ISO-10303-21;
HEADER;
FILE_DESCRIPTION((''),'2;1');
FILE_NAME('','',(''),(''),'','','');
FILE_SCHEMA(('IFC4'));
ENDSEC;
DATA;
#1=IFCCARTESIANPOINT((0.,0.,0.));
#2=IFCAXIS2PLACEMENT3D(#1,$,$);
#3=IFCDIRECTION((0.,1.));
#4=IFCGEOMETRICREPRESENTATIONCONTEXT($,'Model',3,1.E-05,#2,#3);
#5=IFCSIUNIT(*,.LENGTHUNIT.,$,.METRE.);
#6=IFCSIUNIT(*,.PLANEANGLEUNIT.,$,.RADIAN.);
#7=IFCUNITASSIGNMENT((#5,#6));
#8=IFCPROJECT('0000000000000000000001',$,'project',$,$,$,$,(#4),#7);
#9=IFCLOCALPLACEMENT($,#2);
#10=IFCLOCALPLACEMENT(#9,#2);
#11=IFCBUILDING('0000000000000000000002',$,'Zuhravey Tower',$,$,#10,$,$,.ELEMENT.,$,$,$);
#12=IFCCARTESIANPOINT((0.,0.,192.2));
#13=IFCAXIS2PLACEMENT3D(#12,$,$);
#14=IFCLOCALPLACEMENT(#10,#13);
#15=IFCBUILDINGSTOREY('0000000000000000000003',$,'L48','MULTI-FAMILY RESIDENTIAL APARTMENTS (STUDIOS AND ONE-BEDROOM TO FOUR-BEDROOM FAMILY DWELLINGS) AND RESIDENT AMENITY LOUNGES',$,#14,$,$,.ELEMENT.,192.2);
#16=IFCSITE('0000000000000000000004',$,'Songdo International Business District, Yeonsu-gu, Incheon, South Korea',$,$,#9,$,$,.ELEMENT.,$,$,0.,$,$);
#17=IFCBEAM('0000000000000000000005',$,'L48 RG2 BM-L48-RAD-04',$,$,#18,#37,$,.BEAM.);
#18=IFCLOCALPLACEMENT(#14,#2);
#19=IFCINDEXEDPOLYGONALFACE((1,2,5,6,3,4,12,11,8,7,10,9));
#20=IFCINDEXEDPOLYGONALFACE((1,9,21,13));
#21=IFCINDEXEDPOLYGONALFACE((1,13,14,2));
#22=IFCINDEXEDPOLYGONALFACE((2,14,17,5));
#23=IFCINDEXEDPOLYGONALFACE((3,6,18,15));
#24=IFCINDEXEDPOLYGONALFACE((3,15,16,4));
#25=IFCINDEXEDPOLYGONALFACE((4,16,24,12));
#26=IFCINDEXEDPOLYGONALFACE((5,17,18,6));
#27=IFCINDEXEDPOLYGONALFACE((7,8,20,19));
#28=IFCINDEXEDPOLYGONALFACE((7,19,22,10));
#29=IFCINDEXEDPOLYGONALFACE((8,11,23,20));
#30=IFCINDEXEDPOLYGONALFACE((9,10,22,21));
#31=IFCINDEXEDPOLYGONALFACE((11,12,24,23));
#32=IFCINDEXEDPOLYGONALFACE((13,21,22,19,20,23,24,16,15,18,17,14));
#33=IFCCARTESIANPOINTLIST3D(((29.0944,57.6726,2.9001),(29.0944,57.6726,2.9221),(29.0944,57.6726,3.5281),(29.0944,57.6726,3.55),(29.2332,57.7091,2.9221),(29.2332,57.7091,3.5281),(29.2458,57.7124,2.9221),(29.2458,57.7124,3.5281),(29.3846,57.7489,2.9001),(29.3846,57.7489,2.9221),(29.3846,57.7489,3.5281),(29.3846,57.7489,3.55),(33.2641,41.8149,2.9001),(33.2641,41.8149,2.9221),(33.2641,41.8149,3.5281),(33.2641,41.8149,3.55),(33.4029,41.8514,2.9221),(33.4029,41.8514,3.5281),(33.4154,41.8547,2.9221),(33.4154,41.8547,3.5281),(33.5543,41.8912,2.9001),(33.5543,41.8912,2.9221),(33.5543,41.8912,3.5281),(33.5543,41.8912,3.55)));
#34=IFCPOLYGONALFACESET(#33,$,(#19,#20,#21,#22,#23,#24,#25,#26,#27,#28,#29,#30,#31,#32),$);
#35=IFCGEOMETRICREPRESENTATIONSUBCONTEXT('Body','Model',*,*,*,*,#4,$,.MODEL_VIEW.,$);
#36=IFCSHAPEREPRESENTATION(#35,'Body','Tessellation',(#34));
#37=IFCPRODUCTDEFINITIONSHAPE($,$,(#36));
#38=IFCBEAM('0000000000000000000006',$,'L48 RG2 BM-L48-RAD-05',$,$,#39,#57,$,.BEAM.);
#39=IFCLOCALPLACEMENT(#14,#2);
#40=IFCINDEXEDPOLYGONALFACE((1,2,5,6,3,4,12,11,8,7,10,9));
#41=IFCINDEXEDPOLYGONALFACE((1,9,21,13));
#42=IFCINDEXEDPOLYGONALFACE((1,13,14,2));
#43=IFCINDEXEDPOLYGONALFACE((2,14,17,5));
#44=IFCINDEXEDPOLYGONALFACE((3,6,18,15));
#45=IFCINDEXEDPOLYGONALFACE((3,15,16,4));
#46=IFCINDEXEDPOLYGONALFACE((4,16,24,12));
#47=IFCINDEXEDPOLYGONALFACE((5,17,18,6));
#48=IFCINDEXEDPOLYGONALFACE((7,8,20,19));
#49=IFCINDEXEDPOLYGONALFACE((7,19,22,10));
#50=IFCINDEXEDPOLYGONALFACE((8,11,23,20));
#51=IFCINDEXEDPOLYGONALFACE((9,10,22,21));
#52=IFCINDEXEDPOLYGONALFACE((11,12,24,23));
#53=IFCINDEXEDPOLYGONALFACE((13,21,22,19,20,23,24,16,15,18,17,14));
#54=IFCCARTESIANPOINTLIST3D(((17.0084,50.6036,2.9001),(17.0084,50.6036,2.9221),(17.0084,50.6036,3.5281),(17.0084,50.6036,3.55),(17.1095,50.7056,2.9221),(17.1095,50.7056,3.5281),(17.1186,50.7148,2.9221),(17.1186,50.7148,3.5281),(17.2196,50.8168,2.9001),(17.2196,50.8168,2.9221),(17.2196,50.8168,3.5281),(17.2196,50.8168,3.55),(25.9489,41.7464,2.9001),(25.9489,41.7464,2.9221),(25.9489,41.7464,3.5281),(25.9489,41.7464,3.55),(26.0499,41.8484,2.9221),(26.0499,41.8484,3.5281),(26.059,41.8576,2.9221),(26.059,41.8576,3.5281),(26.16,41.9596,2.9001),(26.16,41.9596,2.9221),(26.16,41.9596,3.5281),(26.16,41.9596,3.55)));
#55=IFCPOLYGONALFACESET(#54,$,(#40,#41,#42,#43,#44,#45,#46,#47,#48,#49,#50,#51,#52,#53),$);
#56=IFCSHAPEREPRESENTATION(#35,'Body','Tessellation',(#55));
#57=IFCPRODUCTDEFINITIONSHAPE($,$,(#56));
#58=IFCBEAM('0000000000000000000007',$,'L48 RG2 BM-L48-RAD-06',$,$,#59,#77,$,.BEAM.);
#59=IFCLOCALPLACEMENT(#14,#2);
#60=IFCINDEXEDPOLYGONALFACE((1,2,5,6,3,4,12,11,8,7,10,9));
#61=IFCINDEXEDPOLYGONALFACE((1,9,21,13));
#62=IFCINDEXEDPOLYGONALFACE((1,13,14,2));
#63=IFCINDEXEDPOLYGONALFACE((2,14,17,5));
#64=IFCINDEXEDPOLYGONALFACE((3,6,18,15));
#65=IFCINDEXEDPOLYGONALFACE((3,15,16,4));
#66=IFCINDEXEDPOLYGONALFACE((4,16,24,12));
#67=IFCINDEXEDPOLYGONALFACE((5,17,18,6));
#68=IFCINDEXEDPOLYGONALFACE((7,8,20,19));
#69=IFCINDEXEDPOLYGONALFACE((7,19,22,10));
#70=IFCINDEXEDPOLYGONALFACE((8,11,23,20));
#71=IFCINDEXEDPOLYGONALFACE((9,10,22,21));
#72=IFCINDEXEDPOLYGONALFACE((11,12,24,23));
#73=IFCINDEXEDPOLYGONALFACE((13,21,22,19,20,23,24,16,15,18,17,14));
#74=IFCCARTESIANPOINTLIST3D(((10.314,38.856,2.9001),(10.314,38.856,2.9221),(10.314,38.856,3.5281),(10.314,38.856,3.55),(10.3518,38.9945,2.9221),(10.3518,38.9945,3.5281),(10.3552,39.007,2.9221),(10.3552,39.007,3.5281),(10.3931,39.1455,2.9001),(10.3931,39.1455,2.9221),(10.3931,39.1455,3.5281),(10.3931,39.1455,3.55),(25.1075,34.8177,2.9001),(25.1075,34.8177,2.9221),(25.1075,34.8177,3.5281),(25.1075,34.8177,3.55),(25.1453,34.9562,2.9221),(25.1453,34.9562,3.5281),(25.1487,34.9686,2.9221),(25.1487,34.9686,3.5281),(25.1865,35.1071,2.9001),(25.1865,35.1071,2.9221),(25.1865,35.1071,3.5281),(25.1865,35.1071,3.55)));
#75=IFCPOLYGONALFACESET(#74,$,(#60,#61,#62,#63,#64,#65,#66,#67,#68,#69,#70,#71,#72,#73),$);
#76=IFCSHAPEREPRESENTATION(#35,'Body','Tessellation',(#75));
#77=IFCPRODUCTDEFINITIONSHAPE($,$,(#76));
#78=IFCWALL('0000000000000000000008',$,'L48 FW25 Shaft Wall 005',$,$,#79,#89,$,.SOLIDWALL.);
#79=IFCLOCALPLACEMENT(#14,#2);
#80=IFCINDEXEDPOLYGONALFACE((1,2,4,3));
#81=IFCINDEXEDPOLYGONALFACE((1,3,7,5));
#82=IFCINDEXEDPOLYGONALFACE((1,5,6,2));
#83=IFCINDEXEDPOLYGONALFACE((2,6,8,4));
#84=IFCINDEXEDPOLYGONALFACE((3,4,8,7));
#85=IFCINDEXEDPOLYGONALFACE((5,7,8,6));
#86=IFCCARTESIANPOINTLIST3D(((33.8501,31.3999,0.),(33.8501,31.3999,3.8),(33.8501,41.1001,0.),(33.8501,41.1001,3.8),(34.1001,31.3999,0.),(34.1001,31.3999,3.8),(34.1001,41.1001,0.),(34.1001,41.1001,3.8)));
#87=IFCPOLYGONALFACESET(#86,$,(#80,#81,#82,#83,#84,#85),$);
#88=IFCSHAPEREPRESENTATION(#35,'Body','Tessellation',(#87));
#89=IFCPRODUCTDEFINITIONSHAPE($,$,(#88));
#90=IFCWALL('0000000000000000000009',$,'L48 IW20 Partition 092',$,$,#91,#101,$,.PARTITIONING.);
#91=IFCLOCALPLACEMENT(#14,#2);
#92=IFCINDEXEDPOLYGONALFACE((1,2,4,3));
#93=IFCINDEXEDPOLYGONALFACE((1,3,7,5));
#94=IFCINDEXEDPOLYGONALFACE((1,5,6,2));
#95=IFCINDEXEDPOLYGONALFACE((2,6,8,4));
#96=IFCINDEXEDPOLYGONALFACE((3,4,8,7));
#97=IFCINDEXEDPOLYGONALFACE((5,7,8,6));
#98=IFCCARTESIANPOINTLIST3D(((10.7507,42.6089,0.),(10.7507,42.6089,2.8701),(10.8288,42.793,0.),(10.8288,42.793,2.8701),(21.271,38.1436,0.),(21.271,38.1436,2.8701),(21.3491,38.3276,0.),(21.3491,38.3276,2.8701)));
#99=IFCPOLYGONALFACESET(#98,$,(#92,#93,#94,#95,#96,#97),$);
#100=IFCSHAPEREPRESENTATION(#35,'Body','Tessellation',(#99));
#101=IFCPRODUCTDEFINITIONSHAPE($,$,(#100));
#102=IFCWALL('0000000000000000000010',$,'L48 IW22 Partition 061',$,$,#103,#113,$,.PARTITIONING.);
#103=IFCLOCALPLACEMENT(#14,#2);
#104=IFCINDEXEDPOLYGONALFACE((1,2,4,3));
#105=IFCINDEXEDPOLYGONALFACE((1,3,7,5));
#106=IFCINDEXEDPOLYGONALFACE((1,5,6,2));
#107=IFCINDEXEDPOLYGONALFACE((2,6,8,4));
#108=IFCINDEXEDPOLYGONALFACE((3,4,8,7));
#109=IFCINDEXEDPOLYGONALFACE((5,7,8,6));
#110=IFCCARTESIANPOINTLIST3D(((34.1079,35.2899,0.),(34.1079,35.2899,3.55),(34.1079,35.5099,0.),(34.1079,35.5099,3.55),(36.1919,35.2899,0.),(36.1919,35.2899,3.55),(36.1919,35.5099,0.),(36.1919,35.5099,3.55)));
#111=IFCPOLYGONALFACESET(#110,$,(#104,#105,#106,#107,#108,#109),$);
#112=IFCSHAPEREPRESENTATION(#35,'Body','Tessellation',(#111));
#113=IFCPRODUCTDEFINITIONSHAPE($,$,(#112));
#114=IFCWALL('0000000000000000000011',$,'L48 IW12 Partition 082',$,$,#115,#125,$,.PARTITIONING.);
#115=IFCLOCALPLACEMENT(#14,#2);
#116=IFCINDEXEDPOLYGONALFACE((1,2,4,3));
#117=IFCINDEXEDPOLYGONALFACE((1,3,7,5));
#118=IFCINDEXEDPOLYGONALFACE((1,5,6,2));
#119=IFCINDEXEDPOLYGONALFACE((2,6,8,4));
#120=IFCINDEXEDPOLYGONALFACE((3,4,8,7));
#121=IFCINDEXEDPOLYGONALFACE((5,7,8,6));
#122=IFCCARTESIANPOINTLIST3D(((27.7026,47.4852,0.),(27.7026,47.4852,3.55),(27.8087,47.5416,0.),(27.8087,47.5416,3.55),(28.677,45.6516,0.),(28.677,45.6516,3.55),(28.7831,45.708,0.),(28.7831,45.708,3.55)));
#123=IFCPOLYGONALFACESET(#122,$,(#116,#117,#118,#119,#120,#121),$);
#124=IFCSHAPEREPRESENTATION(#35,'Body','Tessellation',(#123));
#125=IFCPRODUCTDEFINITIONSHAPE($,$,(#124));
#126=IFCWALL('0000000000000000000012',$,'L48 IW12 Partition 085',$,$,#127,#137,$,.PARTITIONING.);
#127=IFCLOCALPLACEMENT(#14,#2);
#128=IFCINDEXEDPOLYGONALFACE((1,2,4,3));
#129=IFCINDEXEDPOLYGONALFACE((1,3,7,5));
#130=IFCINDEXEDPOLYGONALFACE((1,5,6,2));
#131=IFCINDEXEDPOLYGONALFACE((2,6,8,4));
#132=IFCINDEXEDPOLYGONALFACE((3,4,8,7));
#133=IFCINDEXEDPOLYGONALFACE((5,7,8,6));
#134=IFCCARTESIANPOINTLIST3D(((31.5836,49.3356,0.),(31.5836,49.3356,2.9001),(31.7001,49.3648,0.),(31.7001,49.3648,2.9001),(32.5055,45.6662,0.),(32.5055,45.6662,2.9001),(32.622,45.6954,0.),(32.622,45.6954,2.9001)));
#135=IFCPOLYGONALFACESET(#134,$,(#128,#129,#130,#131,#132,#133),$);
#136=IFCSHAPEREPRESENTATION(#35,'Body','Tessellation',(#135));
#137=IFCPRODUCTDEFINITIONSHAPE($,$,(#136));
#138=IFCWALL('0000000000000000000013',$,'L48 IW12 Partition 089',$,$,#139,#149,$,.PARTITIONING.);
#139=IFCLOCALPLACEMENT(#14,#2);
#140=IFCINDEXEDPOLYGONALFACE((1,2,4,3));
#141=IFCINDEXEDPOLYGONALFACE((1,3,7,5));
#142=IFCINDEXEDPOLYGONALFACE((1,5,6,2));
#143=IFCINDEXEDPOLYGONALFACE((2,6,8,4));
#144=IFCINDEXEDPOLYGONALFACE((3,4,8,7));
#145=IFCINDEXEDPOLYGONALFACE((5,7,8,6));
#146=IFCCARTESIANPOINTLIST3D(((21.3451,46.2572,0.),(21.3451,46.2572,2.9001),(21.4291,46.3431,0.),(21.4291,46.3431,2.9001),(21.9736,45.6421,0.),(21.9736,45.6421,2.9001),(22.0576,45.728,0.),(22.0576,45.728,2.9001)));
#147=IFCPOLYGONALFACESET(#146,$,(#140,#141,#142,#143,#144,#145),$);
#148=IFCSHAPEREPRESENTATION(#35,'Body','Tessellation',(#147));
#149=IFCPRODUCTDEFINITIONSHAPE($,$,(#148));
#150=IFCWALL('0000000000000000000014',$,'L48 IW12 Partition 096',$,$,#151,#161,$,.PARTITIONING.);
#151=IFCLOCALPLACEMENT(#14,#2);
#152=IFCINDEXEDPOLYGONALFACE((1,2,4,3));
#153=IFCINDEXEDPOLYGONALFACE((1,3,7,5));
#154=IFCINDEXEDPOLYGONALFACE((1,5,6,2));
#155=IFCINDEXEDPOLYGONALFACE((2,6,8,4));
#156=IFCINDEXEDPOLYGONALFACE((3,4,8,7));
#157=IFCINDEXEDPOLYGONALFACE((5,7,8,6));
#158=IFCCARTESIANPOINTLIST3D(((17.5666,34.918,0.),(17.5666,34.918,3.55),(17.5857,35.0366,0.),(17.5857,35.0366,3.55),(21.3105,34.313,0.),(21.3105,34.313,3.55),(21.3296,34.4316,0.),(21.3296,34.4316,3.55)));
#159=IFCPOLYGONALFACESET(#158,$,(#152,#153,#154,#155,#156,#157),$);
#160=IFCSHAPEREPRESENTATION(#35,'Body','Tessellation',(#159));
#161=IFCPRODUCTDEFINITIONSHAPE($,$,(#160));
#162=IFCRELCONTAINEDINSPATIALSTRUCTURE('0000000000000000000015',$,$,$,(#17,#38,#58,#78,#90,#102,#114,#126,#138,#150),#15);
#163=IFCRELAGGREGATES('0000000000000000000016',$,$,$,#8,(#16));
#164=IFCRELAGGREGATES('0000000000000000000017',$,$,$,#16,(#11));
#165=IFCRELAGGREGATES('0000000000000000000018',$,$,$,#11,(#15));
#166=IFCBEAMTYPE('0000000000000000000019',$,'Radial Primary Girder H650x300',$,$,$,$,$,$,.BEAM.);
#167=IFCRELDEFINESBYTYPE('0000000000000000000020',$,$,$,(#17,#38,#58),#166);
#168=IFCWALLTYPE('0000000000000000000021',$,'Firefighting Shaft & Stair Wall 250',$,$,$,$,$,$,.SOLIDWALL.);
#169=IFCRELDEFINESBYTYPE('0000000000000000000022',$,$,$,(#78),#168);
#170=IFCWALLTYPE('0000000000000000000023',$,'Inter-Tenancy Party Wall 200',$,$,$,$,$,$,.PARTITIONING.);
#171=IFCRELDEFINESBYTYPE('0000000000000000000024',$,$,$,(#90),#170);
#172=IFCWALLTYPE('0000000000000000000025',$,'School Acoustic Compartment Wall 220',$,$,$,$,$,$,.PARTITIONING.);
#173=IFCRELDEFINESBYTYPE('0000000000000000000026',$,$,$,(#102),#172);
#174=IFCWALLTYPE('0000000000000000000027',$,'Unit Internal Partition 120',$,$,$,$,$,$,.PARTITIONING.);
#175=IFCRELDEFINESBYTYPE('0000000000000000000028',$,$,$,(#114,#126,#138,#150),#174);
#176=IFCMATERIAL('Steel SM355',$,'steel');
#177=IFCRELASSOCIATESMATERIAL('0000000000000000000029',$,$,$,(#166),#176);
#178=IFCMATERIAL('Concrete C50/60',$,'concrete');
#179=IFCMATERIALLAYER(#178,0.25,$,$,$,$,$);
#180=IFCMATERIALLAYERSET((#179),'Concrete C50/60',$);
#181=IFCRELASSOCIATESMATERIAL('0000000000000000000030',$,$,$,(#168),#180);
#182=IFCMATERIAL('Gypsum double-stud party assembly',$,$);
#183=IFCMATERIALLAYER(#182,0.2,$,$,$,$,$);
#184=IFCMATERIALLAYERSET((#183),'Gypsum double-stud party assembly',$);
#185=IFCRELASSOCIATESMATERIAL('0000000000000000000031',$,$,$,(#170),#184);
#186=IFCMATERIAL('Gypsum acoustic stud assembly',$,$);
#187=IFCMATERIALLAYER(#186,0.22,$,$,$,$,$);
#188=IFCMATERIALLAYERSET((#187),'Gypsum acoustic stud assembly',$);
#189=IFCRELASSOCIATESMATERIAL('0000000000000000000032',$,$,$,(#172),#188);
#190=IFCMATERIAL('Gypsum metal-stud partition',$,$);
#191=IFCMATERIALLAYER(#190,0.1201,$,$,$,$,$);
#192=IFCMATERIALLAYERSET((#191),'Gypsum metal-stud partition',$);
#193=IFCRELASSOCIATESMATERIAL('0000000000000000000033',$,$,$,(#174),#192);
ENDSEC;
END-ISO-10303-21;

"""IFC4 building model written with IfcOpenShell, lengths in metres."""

from ifc_helpers import new_model, si_unit, direction, frame, frame_2d, origin, origin_2d, place, context, subcontext, project, spatial, rectangle, i_section, extrude, material, layer, layer_set, material_profile, profile_set, type_object, element, save


model = new_model("IFC4")

# Units and contexts
model_context = context("Model", 3, precision=1e-05, world=origin(), true_north=direction((0.0, 1.0)))
body_context = subcontext(model_context, "Body", "Model", "MODEL_VIEW")
ifc_project = project(units=[si_unit("LENGTHUNIT", "METRE"), si_unit("PLANEANGLEUNIT", "RADIAN")], contexts=[model_context])

# Site, building, storey
site_placement = place(None, origin())
site = spatial("IfcSite", under=ifc_project, at=site_placement, Name="Songdo International Business District, Yeonsu-gu, Incheon, South Korea", CompositionType="ELEMENT", RefElevation=0.0)
building_placement = place(site_placement, origin())
building = spatial("IfcBuilding", under=site, at=building_placement, Name="Zuhravey Tower", CompositionType="ELEMENT")
storey_placement = place(building_placement, frame((0.0, 0.0, 192.2)))
storey = spatial("IfcBuildingStorey", under=building, at=storey_placement, Name="L48", Description="MULTI-FAMILY RESIDENTIAL APARTMENTS (STUDIOS AND ONE-BEDROOM TO FOUR-BEDROOM FAMILY DWELLINGS) AND RESIDENT AMENITY LOUNGES", CompositionType="ELEMENT", Elevation=192.2)

# Beams
ifc_material_1 = material(Name="Steel SM355", Category="steel")
ifc_material_profile = material_profile(ifc_material_1, i_section(OverallWidth=0.3, OverallDepth=0.6499, WebThickness=0.0129, FlangeThickness=0.022, at=origin_2d()), Name="H-650x300x13x22")
ifc_profile_set = profile_set([ifc_material_profile], Name="Steel SM355")
beam_type = type_object("IfcBeamType", Name="Radial Primary Girder H650x300", PredefinedType="BEAM", material=ifc_profile_set)
beam_1_placement = place(storey_placement, frame((33.4092, 41.853, 3.2251), z_axis=(-0.2543, 0.967125, 0.0), x_axis=(-0.967125, -0.2543, 0.0)))
element("IfcBeam", 1, at=beam_1_placement, inside=storey, type_object=beam_type, Name="L48 RG2 BM-L48-RAD-04", PredefinedType="BEAM", context=body_context, shape_type="SweptSolid", body=[
    extrude(i_section(OverallWidth=0.3, OverallDepth=0.6499, WebThickness=0.0129, FlangeThickness=0.022, at=origin_2d()), origin(), (0.0, 0.0, 1.0), 16.3967),
])
beam_2_placement = place(storey_placement, frame((26.0544, 41.853, 3.2251), z_axis=(-0.710407, 0.703791, 0.0), x_axis=(-0.703791, -0.710407, 0.0)))
element("IfcBeam", 2, at=beam_2_placement, inside=storey, type_object=beam_type, Name="L48 RG2 BM-L48-RAD-05", PredefinedType="BEAM", context=body_context, shape_type="SweptSolid", body=[
    extrude(i_section(OverallWidth=0.3, OverallDepth=0.6499, WebThickness=0.0129, FlangeThickness=0.022, at=origin_2d()), origin(), (0.0, 0.0, 1.0), 12.585),
])
beam_3_placement = place(storey_placement, frame((25.147, 34.9624, 3.2251), z_axis=(-0.964702, 0.263345, 0.0), x_axis=(-0.263345, -0.964702, 0.0)))
element("IfcBeam", 3, at=beam_3_placement, inside=storey, type_object=beam_type, Name="L48 RG2 BM-L48-RAD-06", PredefinedType="BEAM", context=body_context, shape_type="SweptSolid", body=[
    extrude(i_section(OverallWidth=0.3, OverallDepth=0.6499, WebThickness=0.0129, FlangeThickness=0.022, at=origin_2d()), origin(), (0.0, 0.0, 1.0), 15.3347),
])

# Walls
ifc_material_2 = material(Name="Concrete C50/60", Category="concrete")
ifc_layer_1 = layer(ifc_material_2, 0.25)
ifc_layer_set_1 = layer_set([ifc_layer_1], Name="Concrete C50/60")
wall_type_1 = type_object("IfcWallType", Name="Firefighting Shaft & Stair Wall 250", PredefinedType="SOLIDWALL", material=ifc_layer_set_1)
wall_1_placement = place(storey_placement, frame((33.9751, 31.3999, 0.0), z_axis=(0.0, 0.0, 1.0), x_axis=(0.0, 1.0, 0.0)))
element("IfcWall", 4, at=wall_1_placement, inside=storey, type_object=wall_type_1, Name="L48 FW25 Shaft Wall 005", PredefinedType="SOLIDWALL", context=body_context, shape_type="SweptSolid", body=[
    extrude(rectangle(XDim=9.7002, YDim=0.25, at=frame_2d((4.8501, 0.0))), origin(), (0.0, 0.0, 1.0), 3.8),
])
ifc_material_3 = material(Name="Gypsum double-stud party assembly")
ifc_layer_2 = layer(ifc_material_3, 0.2)
ifc_layer_set_2 = layer_set([ifc_layer_2], Name="Gypsum double-stud party assembly")
wall_type_2 = type_object("IfcWallType", Name="Inter-Tenancy Party Wall 200", PredefinedType="PARTITIONING", material=ifc_layer_set_2)
wall_2_placement = place(storey_placement, frame((21.3101, 38.2356, 0.0), z_axis=(0.0, 0.0, 1.0), x_axis=(-0.920513, 0.390712, 0.0)))
element("IfcWall", 5, at=wall_2_placement, inside=storey, type_object=wall_type_2, Name="L48 IW20 Partition 092", PredefinedType="PARTITIONING", context=body_context, shape_type="SweptSolid", body=[
    extrude(rectangle(XDim=11.4287, YDim=0.2, at=frame_2d((5.7144, 0.0))), origin(), (0.0, 0.0, 1.0), 2.8701),
])
ifc_material_4 = material(Name="Gypsum acoustic stud assembly")
ifc_layer_3 = layer(ifc_material_4, 0.22)
ifc_layer_set_3 = layer_set([ifc_layer_3], Name="Gypsum acoustic stud assembly")
wall_type_3 = type_object("IfcWallType", Name="School Acoustic Compartment Wall 220", PredefinedType="PARTITIONING", material=ifc_layer_set_3)
wall_3_placement = place(storey_placement, frame((34.1079, 35.3999, 0.0), z_axis=(0.0, 0.0, 1.0), x_axis=(1.0, 0.0, 0.0)))
element("IfcWall", 6, at=wall_3_placement, inside=storey, type_object=wall_type_3, Name="L48 IW22 Partition 061", PredefinedType="PARTITIONING", context=body_context, shape_type="SweptSolid", body=[
    extrude(rectangle(XDim=2.084, YDim=0.22, at=frame_2d((1.042, 0.0))), origin(), (0.0, 0.0, 1.0), 3.55),
])
ifc_material_5 = material(Name="Gypsum metal-stud partition")
ifc_layer_4 = layer(ifc_material_5, 0.1201)
ifc_layer_set_4 = layer_set([ifc_layer_4], Name="Gypsum metal-stud partition")
wall_type_4 = type_object("IfcWallType", Name="Unit Internal Partition 120", PredefinedType="PARTITIONING", material=ifc_layer_set_4)
wall_4_placement = place(storey_placement, frame((28.73, 45.6799, 0.0), z_axis=(0.0, 0.0, 1.0), x_axis=(-0.469276, 0.883052, 0.0)))
element("IfcWall", 7, at=wall_4_placement, inside=storey, type_object=wall_type_4, Name="L48 IW12 Partition 082", PredefinedType="PARTITIONING", context=body_context, shape_type="SweptSolid", body=[
    extrude(rectangle(XDim=2.0764, YDim=0.1201, at=frame_2d((1.0381, 0.0))), origin(), (0.0, 0.0, 1.0), 3.55),
])
wall_5_placement = place(storey_placement, frame((32.5637, 45.6809, 0.0), z_axis=(0.0, 0.0, 1.0), x_axis=(-0.243659, 0.969861, 0.0)))
element("IfcWall", 8, at=wall_5_placement, inside=storey, type_object=wall_type_4, Name="L48 IW12 Partition 085", PredefinedType="PARTITIONING", context=body_context, shape_type="SweptSolid", body=[
    extrude(rectangle(XDim=3.7834, YDim=0.1201, at=frame_2d((1.8916, 0.0))), origin(), (0.0, 0.0, 1.0), 2.9001),
])
wall_6_placement = place(storey_placement, frame((22.0156, 45.6851, 0.0), z_axis=(0.0, 0.0, 1.0), x_axis=(-0.714701, 0.69943, 0.0)))
element("IfcWall", 9, at=wall_6_placement, inside=storey, type_object=wall_type_4, Name="L48 IW12 Partition 089", PredefinedType="PARTITIONING", context=body_context, shape_type="SweptSolid", body=[
    extrude(rectangle(XDim=0.8794, YDim=0.1201, at=frame_2d((0.4397, 0.0))), origin(), (0.0, 0.0, 1.0), 2.9001),
])
wall_7_placement = place(storey_placement, frame((21.3201, 34.3723, 0.0), z_axis=(0.0, 0.0, 1.0), x_axis=(-0.987194, 0.159522, 0.0)))
element("IfcWall", 10, at=wall_7_placement, inside=storey, type_object=wall_type_4, Name="L48 IW12 Partition 096", PredefinedType="PARTITIONING", context=body_context, shape_type="SweptSolid", body=[
    extrude(rectangle(XDim=3.7925, YDim=0.1201, at=frame_2d((1.8962, 0.0))), origin(), (0.0, 0.0, 1.0), 3.55),
])

save(model, "model.ifc")
